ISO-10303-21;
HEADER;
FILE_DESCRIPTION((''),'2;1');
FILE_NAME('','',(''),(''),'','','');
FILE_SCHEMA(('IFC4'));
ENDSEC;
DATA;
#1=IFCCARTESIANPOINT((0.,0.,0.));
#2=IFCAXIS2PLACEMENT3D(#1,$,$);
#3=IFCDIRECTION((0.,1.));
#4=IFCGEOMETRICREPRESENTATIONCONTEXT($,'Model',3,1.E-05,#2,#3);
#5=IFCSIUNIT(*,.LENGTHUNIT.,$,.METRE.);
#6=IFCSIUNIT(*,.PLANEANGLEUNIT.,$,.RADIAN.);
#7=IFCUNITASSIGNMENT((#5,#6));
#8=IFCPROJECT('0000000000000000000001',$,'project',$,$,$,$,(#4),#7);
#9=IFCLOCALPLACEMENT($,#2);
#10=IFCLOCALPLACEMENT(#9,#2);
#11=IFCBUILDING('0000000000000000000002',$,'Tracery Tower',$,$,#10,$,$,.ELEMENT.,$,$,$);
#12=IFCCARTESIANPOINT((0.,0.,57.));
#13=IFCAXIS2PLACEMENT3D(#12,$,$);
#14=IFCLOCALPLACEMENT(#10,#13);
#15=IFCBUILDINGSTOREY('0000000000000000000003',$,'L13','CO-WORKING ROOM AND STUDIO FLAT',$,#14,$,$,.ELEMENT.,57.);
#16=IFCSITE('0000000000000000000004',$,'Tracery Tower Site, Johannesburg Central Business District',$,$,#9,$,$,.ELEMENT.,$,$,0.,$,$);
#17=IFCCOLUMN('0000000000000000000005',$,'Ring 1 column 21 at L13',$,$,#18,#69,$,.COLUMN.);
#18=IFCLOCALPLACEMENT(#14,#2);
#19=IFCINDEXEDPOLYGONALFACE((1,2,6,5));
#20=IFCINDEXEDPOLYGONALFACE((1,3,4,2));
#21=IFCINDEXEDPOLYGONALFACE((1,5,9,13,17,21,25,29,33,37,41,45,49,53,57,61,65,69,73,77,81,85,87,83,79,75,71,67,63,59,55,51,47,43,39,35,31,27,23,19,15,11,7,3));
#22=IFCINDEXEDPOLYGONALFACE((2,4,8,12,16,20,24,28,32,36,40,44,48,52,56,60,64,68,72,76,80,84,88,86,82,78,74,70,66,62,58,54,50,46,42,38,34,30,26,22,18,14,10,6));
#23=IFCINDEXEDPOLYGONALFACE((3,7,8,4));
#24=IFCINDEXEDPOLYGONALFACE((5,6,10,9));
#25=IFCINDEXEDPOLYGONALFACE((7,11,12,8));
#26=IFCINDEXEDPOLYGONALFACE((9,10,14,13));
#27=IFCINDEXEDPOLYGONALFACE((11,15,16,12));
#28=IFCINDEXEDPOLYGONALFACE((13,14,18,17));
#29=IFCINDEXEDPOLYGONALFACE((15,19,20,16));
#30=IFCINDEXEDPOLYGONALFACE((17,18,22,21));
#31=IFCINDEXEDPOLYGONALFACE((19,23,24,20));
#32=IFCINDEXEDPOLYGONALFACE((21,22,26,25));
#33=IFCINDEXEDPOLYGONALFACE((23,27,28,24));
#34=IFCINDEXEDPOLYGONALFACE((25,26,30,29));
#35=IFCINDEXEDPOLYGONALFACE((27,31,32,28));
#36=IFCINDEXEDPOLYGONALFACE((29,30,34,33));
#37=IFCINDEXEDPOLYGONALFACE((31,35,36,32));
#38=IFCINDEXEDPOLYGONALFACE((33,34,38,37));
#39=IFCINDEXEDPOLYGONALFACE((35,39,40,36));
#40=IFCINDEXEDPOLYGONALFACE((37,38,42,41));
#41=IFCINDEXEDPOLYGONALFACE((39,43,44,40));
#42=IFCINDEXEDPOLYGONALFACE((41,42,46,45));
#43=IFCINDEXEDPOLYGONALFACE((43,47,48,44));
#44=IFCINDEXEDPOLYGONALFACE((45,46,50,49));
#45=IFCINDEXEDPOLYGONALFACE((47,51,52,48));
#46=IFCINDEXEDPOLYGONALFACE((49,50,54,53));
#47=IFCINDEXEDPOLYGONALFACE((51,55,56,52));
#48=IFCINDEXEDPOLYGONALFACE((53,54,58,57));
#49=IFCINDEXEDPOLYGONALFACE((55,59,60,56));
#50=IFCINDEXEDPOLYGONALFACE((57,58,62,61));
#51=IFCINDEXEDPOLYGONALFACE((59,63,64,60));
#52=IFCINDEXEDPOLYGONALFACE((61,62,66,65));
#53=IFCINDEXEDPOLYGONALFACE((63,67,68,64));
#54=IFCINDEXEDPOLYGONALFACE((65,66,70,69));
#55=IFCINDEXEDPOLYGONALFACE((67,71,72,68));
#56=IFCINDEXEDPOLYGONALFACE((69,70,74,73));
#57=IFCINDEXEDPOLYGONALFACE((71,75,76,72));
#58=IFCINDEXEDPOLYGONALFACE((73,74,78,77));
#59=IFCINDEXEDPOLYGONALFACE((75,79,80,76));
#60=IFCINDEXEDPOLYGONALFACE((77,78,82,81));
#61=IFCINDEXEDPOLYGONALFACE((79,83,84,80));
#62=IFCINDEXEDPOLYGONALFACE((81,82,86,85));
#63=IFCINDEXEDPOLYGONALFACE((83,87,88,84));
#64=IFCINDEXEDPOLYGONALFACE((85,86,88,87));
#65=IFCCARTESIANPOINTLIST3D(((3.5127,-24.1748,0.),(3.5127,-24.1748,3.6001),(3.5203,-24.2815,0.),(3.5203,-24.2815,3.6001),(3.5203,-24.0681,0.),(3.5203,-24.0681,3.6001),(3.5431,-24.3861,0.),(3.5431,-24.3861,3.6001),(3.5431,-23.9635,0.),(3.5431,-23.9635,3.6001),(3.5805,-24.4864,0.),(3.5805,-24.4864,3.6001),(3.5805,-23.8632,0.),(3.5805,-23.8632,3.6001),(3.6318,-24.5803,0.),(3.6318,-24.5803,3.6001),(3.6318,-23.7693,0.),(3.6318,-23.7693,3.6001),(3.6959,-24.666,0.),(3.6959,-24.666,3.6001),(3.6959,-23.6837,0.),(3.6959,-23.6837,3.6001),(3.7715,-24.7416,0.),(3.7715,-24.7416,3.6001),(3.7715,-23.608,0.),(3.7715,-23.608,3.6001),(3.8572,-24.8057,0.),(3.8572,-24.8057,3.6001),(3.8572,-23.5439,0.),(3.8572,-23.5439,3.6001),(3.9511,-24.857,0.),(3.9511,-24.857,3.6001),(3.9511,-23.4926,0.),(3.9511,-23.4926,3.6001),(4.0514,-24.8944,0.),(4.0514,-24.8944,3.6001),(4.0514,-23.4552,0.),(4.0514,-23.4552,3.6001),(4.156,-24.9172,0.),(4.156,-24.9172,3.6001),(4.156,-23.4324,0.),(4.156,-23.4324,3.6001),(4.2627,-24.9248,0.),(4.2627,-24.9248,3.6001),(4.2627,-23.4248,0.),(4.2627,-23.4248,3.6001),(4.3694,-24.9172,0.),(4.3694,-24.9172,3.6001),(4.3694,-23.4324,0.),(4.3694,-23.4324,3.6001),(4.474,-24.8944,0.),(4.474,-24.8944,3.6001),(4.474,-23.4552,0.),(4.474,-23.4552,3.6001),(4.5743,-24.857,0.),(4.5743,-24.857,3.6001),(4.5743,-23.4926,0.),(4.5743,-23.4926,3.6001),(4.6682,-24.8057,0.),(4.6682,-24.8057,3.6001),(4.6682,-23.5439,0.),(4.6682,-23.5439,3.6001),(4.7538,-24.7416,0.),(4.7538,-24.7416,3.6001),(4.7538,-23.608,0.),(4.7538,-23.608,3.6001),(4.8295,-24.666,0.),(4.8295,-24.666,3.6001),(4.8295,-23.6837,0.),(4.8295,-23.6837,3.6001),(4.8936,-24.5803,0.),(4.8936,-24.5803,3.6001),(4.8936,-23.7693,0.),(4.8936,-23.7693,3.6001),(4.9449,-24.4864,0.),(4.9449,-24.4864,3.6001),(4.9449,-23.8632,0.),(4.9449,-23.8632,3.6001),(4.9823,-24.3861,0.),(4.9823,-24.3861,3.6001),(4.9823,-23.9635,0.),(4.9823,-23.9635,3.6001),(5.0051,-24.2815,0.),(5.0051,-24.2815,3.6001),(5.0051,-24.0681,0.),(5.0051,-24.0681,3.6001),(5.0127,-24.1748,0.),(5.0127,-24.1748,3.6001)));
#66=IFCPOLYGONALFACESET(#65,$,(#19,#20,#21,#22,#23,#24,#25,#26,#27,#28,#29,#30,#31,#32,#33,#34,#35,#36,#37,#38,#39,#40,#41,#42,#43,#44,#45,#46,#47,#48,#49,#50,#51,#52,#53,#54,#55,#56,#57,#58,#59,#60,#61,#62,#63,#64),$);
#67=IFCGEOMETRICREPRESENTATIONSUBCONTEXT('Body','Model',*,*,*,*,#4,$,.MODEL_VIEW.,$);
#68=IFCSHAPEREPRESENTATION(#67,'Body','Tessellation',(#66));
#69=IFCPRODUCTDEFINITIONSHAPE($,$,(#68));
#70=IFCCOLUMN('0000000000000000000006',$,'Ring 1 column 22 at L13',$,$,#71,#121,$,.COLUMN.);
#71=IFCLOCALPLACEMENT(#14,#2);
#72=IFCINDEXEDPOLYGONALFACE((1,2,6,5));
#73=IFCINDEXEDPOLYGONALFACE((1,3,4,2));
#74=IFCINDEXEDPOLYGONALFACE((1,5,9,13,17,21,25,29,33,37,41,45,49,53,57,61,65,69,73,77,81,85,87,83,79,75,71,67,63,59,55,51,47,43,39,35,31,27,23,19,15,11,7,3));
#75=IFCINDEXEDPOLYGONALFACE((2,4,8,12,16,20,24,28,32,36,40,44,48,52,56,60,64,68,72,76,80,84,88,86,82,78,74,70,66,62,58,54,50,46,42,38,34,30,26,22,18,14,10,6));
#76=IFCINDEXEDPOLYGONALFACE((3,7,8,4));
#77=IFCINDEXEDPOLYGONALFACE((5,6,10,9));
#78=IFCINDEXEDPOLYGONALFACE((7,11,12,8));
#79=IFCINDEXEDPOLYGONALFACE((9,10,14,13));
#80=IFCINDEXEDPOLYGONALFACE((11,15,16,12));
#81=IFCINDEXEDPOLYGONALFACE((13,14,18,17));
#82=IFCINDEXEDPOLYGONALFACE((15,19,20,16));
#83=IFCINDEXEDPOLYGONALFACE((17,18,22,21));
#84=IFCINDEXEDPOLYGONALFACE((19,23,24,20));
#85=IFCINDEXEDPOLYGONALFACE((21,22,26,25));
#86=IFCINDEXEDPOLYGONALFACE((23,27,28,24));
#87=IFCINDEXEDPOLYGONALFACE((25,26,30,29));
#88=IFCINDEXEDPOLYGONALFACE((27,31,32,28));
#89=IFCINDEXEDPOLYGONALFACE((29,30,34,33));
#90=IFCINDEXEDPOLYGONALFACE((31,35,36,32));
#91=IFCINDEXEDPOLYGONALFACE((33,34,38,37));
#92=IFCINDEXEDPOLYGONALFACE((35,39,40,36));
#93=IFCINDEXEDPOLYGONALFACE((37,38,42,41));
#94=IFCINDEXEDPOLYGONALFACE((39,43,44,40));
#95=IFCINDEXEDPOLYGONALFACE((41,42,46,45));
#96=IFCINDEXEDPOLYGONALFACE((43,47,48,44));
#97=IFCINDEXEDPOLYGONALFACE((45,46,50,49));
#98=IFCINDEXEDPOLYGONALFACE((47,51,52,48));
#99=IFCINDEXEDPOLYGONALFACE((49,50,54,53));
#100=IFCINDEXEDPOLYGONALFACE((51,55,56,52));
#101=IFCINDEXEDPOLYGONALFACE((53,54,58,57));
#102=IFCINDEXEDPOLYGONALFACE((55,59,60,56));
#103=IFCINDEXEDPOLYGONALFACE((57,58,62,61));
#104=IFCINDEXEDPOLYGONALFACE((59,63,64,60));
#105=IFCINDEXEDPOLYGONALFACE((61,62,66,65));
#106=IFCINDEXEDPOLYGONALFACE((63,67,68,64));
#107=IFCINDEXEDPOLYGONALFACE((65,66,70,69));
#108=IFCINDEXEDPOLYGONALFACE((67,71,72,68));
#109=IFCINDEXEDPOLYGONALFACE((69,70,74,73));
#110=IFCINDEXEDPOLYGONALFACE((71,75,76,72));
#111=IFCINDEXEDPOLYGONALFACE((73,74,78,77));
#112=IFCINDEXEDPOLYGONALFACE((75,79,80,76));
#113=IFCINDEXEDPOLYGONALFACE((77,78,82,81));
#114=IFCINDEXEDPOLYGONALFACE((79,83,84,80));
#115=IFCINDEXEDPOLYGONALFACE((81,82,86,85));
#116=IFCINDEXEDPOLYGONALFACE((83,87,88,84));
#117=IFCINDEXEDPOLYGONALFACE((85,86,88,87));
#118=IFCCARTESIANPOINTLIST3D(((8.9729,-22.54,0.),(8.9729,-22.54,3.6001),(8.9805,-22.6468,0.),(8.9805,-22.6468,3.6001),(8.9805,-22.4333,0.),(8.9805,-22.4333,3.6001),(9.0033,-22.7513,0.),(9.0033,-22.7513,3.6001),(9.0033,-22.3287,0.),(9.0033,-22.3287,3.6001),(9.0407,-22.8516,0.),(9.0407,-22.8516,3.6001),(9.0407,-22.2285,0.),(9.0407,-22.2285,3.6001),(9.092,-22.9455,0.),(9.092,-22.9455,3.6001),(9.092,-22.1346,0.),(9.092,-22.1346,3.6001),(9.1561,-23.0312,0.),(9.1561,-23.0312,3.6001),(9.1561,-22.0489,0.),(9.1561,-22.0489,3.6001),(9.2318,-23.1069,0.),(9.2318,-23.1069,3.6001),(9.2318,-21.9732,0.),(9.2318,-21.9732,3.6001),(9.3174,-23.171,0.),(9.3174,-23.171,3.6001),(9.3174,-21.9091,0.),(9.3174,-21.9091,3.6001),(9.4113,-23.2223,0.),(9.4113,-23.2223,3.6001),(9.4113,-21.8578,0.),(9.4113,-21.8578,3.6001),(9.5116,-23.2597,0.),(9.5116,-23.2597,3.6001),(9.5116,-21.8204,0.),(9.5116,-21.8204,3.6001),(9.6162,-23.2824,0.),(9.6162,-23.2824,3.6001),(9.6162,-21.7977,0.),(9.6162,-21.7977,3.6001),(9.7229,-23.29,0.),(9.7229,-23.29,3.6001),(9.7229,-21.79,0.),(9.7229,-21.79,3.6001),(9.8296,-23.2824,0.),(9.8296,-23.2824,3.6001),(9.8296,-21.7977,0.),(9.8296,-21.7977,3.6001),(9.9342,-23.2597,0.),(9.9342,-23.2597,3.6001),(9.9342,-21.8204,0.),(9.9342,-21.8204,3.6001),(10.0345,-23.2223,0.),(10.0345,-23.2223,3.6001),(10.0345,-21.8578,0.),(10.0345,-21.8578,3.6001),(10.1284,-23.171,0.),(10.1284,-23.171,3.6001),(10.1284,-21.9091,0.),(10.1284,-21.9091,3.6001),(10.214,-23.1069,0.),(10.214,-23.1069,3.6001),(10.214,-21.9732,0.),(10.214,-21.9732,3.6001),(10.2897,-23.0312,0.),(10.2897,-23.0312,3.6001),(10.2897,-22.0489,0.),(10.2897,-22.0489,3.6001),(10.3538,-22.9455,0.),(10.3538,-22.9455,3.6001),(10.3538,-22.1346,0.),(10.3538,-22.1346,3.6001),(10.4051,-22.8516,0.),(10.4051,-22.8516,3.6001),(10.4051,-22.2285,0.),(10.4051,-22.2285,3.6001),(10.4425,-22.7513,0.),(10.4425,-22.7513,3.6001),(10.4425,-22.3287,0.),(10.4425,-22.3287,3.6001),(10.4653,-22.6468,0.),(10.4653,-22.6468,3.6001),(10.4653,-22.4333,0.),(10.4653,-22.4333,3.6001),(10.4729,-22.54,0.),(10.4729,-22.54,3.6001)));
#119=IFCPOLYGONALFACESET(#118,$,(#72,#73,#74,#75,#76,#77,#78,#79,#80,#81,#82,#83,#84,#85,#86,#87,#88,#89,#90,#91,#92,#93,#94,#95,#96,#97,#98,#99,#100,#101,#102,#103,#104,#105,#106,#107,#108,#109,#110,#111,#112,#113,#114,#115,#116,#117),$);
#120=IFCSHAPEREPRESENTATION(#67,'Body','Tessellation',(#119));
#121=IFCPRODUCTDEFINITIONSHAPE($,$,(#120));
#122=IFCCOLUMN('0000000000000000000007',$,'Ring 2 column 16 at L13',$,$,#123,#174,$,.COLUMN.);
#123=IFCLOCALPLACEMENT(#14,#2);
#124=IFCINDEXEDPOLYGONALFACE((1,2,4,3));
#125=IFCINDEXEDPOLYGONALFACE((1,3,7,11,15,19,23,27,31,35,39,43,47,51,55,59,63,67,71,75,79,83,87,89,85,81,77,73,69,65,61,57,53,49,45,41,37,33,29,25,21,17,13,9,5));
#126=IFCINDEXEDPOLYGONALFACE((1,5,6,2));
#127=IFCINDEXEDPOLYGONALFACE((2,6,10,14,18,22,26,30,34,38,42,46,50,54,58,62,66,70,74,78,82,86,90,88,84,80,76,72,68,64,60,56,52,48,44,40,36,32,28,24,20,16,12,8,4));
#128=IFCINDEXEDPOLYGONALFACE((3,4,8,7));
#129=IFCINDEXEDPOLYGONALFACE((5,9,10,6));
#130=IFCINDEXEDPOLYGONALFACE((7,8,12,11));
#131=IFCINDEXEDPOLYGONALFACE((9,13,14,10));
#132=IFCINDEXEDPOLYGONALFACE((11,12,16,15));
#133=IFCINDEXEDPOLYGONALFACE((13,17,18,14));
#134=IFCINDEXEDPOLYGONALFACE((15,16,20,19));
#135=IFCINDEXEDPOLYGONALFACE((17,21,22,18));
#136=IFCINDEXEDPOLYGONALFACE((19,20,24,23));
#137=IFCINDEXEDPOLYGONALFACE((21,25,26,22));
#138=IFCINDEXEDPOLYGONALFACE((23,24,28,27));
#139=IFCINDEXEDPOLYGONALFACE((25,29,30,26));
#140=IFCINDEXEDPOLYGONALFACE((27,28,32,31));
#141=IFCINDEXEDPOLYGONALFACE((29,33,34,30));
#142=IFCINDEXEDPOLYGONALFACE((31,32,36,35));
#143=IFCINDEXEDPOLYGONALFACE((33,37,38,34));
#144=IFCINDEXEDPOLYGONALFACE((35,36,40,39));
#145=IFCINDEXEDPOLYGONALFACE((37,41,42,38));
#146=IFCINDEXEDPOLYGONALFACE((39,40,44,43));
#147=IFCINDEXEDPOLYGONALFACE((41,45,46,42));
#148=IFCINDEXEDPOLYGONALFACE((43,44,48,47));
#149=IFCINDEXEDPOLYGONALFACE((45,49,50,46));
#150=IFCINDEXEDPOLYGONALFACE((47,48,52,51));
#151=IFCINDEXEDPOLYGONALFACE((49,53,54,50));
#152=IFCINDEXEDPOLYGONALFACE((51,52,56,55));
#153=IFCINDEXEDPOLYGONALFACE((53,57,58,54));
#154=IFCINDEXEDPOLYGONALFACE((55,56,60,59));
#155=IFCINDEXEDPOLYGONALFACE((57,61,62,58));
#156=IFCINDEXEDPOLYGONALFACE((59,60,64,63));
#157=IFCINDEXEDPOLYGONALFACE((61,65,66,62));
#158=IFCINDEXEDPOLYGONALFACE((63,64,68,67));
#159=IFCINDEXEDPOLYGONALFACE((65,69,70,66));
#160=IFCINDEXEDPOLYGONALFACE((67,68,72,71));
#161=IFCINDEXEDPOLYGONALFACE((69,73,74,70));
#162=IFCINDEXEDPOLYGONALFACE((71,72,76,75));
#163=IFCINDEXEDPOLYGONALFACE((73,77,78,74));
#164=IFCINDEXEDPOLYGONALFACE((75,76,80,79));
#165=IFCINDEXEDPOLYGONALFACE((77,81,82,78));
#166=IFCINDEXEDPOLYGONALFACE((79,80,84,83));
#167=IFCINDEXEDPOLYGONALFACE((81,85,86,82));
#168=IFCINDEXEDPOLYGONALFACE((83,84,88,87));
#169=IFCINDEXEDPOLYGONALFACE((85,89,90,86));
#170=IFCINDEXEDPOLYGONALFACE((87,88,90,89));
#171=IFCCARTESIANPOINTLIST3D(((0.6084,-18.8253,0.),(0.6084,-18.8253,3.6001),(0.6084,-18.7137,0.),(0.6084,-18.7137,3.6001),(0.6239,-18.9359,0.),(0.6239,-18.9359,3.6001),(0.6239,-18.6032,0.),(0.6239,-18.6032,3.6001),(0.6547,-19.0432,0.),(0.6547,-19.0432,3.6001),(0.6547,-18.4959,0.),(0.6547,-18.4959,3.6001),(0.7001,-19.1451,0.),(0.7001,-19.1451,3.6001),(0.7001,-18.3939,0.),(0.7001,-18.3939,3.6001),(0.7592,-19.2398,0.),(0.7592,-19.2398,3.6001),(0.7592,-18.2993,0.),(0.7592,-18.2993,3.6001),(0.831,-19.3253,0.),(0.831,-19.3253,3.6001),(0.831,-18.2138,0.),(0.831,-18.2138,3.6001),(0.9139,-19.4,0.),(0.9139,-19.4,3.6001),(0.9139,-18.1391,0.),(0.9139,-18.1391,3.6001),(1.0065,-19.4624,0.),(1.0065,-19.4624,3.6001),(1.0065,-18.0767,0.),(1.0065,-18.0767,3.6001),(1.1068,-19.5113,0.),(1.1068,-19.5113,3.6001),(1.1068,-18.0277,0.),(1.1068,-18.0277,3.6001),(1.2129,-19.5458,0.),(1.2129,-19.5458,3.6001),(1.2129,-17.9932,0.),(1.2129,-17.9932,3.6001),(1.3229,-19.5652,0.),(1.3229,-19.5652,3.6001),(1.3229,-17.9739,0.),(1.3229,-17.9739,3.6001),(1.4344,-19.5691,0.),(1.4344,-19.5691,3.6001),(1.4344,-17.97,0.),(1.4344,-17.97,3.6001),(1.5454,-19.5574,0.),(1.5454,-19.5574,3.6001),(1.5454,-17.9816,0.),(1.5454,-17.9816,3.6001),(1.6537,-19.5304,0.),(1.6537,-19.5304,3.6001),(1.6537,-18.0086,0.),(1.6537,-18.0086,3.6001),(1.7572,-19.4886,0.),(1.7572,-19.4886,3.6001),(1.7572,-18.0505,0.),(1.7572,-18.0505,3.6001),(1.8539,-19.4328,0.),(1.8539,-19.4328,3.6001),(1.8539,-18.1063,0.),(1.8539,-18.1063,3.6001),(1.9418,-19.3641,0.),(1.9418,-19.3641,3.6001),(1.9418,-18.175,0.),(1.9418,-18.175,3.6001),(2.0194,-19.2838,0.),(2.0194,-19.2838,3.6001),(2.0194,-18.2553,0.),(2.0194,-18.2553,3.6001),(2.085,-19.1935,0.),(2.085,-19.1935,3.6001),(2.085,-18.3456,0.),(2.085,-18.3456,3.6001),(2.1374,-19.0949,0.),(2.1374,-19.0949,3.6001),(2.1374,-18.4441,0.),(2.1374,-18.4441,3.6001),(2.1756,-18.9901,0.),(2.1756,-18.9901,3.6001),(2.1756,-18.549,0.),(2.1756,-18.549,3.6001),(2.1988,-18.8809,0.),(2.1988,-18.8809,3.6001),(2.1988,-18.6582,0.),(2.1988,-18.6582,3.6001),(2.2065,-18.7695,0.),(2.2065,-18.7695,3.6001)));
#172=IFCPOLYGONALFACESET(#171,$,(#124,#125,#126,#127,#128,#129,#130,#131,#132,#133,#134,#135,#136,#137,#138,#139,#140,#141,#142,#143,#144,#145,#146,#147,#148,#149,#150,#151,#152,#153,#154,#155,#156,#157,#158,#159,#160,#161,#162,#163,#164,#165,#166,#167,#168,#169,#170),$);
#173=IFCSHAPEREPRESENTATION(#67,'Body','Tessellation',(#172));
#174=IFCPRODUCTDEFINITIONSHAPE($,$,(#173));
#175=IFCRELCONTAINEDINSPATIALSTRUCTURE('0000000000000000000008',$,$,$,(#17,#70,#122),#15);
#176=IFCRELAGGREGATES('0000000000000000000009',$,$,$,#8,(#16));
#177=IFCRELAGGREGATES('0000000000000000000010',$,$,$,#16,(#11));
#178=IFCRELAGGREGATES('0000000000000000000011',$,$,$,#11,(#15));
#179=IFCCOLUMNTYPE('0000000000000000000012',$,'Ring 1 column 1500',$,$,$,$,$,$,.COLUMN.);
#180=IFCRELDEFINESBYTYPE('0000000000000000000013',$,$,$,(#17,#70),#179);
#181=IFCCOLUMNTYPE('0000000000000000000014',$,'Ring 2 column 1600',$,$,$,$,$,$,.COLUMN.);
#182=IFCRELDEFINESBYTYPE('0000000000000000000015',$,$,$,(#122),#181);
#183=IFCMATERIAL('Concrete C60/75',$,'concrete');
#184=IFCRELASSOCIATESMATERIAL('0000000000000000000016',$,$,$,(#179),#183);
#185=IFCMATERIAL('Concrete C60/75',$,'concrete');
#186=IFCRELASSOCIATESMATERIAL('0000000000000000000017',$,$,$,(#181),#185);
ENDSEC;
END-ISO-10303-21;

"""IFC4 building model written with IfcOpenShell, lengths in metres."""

from ifc_helpers import new_model, si_unit, direction, frame, origin, origin_2d, place, context, subcontext, project, spatial, circle, extrude, material, material_profile, profile_set, type_object, element, save


model = new_model("IFC4")

# Units and contexts
model_context = context("Model", 3, precision=1e-05, world=origin(), true_north=direction((0.0, 1.0)))
body_context = subcontext(model_context, "Body", "Model", "MODEL_VIEW")
ifc_project = project(units=[si_unit("LENGTHUNIT", "METRE"), si_unit("PLANEANGLEUNIT", "RADIAN")], contexts=[model_context])

# Site, building, storey
site_placement = place(None, origin())
site = spatial("IfcSite", under=ifc_project, at=site_placement, Name="Tracery Tower Site, Johannesburg Central Business District", CompositionType="ELEMENT", RefElevation=0.0)
building_placement = place(site_placement, origin())
building = spatial("IfcBuilding", under=site, at=building_placement, Name="Tracery Tower", CompositionType="ELEMENT")
storey_placement = place(building_placement, frame((0.0, 0.0, 57.0)))
storey = spatial("IfcBuildingStorey", under=building, at=storey_placement, Name="L13", Description="CO-WORKING ROOM AND STUDIO FLAT", CompositionType="ELEMENT", Elevation=57.0)

# Columns
ifc_material_1 = material(Name="Concrete C60/75", Category="concrete")
ifc_material_profile_1 = material_profile(ifc_material_1, circle(Radius=0.75, at=origin_2d()), Name="RC D1500")
ifc_profile_set_1 = profile_set([ifc_material_profile_1], Name="Concrete C60/75")
column_type_1 = type_object("IfcColumnType", Name="Ring 1 column 1500", PredefinedType="COLUMN", material=ifc_profile_set_1)
for number, where, z_axis, x_axis, name in (
    (1, (4.2627, -24.1748, 0.0), (0.0, 0.0, 1.0), (1.0, 0.0, 0.0), "Ring 1 column 21 at L13"),
    (2, (9.7229, -22.54, 0.0), (0.0, 0.0, 1.0), (1.0, 0.0, 0.0), "Ring 1 column 22 at L13"),
):
    element("IfcColumn", number, at=place(storey_placement, frame(where, z_axis=z_axis, x_axis=x_axis)), inside=storey, type_object=column_type_1, Name=name, PredefinedType="COLUMN", context=body_context, shape_type="SweptSolid", body=[
        extrude(circle(Radius=0.75, at=origin_2d()), origin(), (0.0, 0.0, 1.0), 3.6001),
    ])
ifc_material_2 = material(Name="Concrete C60/75", Category="concrete")
ifc_material_profile_2 = material_profile(ifc_material_2, circle(Radius=0.8, at=origin_2d()), Name="RC D1600")
ifc_profile_set_2 = profile_set([ifc_material_profile_2], Name="Concrete C60/75")
column_type_2 = type_object("IfcColumnType", Name="Ring 2 column 1600", PredefinedType="COLUMN", material=ifc_profile_set_2)
for number, where, z_axis, x_axis, name in (
    (3, (1.4065, -18.7695, 0.0), (0.0, 0.0, 1.0), (1.0, 0.0, 0.0), "Ring 2 column 16 at L13"),
):
    element("IfcColumn", number, at=place(storey_placement, frame(where, z_axis=z_axis, x_axis=x_axis)), inside=storey, type_object=column_type_2, Name=name, PredefinedType="COLUMN", context=body_context, shape_type="SweptSolid", body=[
        extrude(circle(Radius=0.8, at=origin_2d()), origin(), (0.0, 0.0, 1.0), 3.6001),
    ])

save(model, "model.ifc")
